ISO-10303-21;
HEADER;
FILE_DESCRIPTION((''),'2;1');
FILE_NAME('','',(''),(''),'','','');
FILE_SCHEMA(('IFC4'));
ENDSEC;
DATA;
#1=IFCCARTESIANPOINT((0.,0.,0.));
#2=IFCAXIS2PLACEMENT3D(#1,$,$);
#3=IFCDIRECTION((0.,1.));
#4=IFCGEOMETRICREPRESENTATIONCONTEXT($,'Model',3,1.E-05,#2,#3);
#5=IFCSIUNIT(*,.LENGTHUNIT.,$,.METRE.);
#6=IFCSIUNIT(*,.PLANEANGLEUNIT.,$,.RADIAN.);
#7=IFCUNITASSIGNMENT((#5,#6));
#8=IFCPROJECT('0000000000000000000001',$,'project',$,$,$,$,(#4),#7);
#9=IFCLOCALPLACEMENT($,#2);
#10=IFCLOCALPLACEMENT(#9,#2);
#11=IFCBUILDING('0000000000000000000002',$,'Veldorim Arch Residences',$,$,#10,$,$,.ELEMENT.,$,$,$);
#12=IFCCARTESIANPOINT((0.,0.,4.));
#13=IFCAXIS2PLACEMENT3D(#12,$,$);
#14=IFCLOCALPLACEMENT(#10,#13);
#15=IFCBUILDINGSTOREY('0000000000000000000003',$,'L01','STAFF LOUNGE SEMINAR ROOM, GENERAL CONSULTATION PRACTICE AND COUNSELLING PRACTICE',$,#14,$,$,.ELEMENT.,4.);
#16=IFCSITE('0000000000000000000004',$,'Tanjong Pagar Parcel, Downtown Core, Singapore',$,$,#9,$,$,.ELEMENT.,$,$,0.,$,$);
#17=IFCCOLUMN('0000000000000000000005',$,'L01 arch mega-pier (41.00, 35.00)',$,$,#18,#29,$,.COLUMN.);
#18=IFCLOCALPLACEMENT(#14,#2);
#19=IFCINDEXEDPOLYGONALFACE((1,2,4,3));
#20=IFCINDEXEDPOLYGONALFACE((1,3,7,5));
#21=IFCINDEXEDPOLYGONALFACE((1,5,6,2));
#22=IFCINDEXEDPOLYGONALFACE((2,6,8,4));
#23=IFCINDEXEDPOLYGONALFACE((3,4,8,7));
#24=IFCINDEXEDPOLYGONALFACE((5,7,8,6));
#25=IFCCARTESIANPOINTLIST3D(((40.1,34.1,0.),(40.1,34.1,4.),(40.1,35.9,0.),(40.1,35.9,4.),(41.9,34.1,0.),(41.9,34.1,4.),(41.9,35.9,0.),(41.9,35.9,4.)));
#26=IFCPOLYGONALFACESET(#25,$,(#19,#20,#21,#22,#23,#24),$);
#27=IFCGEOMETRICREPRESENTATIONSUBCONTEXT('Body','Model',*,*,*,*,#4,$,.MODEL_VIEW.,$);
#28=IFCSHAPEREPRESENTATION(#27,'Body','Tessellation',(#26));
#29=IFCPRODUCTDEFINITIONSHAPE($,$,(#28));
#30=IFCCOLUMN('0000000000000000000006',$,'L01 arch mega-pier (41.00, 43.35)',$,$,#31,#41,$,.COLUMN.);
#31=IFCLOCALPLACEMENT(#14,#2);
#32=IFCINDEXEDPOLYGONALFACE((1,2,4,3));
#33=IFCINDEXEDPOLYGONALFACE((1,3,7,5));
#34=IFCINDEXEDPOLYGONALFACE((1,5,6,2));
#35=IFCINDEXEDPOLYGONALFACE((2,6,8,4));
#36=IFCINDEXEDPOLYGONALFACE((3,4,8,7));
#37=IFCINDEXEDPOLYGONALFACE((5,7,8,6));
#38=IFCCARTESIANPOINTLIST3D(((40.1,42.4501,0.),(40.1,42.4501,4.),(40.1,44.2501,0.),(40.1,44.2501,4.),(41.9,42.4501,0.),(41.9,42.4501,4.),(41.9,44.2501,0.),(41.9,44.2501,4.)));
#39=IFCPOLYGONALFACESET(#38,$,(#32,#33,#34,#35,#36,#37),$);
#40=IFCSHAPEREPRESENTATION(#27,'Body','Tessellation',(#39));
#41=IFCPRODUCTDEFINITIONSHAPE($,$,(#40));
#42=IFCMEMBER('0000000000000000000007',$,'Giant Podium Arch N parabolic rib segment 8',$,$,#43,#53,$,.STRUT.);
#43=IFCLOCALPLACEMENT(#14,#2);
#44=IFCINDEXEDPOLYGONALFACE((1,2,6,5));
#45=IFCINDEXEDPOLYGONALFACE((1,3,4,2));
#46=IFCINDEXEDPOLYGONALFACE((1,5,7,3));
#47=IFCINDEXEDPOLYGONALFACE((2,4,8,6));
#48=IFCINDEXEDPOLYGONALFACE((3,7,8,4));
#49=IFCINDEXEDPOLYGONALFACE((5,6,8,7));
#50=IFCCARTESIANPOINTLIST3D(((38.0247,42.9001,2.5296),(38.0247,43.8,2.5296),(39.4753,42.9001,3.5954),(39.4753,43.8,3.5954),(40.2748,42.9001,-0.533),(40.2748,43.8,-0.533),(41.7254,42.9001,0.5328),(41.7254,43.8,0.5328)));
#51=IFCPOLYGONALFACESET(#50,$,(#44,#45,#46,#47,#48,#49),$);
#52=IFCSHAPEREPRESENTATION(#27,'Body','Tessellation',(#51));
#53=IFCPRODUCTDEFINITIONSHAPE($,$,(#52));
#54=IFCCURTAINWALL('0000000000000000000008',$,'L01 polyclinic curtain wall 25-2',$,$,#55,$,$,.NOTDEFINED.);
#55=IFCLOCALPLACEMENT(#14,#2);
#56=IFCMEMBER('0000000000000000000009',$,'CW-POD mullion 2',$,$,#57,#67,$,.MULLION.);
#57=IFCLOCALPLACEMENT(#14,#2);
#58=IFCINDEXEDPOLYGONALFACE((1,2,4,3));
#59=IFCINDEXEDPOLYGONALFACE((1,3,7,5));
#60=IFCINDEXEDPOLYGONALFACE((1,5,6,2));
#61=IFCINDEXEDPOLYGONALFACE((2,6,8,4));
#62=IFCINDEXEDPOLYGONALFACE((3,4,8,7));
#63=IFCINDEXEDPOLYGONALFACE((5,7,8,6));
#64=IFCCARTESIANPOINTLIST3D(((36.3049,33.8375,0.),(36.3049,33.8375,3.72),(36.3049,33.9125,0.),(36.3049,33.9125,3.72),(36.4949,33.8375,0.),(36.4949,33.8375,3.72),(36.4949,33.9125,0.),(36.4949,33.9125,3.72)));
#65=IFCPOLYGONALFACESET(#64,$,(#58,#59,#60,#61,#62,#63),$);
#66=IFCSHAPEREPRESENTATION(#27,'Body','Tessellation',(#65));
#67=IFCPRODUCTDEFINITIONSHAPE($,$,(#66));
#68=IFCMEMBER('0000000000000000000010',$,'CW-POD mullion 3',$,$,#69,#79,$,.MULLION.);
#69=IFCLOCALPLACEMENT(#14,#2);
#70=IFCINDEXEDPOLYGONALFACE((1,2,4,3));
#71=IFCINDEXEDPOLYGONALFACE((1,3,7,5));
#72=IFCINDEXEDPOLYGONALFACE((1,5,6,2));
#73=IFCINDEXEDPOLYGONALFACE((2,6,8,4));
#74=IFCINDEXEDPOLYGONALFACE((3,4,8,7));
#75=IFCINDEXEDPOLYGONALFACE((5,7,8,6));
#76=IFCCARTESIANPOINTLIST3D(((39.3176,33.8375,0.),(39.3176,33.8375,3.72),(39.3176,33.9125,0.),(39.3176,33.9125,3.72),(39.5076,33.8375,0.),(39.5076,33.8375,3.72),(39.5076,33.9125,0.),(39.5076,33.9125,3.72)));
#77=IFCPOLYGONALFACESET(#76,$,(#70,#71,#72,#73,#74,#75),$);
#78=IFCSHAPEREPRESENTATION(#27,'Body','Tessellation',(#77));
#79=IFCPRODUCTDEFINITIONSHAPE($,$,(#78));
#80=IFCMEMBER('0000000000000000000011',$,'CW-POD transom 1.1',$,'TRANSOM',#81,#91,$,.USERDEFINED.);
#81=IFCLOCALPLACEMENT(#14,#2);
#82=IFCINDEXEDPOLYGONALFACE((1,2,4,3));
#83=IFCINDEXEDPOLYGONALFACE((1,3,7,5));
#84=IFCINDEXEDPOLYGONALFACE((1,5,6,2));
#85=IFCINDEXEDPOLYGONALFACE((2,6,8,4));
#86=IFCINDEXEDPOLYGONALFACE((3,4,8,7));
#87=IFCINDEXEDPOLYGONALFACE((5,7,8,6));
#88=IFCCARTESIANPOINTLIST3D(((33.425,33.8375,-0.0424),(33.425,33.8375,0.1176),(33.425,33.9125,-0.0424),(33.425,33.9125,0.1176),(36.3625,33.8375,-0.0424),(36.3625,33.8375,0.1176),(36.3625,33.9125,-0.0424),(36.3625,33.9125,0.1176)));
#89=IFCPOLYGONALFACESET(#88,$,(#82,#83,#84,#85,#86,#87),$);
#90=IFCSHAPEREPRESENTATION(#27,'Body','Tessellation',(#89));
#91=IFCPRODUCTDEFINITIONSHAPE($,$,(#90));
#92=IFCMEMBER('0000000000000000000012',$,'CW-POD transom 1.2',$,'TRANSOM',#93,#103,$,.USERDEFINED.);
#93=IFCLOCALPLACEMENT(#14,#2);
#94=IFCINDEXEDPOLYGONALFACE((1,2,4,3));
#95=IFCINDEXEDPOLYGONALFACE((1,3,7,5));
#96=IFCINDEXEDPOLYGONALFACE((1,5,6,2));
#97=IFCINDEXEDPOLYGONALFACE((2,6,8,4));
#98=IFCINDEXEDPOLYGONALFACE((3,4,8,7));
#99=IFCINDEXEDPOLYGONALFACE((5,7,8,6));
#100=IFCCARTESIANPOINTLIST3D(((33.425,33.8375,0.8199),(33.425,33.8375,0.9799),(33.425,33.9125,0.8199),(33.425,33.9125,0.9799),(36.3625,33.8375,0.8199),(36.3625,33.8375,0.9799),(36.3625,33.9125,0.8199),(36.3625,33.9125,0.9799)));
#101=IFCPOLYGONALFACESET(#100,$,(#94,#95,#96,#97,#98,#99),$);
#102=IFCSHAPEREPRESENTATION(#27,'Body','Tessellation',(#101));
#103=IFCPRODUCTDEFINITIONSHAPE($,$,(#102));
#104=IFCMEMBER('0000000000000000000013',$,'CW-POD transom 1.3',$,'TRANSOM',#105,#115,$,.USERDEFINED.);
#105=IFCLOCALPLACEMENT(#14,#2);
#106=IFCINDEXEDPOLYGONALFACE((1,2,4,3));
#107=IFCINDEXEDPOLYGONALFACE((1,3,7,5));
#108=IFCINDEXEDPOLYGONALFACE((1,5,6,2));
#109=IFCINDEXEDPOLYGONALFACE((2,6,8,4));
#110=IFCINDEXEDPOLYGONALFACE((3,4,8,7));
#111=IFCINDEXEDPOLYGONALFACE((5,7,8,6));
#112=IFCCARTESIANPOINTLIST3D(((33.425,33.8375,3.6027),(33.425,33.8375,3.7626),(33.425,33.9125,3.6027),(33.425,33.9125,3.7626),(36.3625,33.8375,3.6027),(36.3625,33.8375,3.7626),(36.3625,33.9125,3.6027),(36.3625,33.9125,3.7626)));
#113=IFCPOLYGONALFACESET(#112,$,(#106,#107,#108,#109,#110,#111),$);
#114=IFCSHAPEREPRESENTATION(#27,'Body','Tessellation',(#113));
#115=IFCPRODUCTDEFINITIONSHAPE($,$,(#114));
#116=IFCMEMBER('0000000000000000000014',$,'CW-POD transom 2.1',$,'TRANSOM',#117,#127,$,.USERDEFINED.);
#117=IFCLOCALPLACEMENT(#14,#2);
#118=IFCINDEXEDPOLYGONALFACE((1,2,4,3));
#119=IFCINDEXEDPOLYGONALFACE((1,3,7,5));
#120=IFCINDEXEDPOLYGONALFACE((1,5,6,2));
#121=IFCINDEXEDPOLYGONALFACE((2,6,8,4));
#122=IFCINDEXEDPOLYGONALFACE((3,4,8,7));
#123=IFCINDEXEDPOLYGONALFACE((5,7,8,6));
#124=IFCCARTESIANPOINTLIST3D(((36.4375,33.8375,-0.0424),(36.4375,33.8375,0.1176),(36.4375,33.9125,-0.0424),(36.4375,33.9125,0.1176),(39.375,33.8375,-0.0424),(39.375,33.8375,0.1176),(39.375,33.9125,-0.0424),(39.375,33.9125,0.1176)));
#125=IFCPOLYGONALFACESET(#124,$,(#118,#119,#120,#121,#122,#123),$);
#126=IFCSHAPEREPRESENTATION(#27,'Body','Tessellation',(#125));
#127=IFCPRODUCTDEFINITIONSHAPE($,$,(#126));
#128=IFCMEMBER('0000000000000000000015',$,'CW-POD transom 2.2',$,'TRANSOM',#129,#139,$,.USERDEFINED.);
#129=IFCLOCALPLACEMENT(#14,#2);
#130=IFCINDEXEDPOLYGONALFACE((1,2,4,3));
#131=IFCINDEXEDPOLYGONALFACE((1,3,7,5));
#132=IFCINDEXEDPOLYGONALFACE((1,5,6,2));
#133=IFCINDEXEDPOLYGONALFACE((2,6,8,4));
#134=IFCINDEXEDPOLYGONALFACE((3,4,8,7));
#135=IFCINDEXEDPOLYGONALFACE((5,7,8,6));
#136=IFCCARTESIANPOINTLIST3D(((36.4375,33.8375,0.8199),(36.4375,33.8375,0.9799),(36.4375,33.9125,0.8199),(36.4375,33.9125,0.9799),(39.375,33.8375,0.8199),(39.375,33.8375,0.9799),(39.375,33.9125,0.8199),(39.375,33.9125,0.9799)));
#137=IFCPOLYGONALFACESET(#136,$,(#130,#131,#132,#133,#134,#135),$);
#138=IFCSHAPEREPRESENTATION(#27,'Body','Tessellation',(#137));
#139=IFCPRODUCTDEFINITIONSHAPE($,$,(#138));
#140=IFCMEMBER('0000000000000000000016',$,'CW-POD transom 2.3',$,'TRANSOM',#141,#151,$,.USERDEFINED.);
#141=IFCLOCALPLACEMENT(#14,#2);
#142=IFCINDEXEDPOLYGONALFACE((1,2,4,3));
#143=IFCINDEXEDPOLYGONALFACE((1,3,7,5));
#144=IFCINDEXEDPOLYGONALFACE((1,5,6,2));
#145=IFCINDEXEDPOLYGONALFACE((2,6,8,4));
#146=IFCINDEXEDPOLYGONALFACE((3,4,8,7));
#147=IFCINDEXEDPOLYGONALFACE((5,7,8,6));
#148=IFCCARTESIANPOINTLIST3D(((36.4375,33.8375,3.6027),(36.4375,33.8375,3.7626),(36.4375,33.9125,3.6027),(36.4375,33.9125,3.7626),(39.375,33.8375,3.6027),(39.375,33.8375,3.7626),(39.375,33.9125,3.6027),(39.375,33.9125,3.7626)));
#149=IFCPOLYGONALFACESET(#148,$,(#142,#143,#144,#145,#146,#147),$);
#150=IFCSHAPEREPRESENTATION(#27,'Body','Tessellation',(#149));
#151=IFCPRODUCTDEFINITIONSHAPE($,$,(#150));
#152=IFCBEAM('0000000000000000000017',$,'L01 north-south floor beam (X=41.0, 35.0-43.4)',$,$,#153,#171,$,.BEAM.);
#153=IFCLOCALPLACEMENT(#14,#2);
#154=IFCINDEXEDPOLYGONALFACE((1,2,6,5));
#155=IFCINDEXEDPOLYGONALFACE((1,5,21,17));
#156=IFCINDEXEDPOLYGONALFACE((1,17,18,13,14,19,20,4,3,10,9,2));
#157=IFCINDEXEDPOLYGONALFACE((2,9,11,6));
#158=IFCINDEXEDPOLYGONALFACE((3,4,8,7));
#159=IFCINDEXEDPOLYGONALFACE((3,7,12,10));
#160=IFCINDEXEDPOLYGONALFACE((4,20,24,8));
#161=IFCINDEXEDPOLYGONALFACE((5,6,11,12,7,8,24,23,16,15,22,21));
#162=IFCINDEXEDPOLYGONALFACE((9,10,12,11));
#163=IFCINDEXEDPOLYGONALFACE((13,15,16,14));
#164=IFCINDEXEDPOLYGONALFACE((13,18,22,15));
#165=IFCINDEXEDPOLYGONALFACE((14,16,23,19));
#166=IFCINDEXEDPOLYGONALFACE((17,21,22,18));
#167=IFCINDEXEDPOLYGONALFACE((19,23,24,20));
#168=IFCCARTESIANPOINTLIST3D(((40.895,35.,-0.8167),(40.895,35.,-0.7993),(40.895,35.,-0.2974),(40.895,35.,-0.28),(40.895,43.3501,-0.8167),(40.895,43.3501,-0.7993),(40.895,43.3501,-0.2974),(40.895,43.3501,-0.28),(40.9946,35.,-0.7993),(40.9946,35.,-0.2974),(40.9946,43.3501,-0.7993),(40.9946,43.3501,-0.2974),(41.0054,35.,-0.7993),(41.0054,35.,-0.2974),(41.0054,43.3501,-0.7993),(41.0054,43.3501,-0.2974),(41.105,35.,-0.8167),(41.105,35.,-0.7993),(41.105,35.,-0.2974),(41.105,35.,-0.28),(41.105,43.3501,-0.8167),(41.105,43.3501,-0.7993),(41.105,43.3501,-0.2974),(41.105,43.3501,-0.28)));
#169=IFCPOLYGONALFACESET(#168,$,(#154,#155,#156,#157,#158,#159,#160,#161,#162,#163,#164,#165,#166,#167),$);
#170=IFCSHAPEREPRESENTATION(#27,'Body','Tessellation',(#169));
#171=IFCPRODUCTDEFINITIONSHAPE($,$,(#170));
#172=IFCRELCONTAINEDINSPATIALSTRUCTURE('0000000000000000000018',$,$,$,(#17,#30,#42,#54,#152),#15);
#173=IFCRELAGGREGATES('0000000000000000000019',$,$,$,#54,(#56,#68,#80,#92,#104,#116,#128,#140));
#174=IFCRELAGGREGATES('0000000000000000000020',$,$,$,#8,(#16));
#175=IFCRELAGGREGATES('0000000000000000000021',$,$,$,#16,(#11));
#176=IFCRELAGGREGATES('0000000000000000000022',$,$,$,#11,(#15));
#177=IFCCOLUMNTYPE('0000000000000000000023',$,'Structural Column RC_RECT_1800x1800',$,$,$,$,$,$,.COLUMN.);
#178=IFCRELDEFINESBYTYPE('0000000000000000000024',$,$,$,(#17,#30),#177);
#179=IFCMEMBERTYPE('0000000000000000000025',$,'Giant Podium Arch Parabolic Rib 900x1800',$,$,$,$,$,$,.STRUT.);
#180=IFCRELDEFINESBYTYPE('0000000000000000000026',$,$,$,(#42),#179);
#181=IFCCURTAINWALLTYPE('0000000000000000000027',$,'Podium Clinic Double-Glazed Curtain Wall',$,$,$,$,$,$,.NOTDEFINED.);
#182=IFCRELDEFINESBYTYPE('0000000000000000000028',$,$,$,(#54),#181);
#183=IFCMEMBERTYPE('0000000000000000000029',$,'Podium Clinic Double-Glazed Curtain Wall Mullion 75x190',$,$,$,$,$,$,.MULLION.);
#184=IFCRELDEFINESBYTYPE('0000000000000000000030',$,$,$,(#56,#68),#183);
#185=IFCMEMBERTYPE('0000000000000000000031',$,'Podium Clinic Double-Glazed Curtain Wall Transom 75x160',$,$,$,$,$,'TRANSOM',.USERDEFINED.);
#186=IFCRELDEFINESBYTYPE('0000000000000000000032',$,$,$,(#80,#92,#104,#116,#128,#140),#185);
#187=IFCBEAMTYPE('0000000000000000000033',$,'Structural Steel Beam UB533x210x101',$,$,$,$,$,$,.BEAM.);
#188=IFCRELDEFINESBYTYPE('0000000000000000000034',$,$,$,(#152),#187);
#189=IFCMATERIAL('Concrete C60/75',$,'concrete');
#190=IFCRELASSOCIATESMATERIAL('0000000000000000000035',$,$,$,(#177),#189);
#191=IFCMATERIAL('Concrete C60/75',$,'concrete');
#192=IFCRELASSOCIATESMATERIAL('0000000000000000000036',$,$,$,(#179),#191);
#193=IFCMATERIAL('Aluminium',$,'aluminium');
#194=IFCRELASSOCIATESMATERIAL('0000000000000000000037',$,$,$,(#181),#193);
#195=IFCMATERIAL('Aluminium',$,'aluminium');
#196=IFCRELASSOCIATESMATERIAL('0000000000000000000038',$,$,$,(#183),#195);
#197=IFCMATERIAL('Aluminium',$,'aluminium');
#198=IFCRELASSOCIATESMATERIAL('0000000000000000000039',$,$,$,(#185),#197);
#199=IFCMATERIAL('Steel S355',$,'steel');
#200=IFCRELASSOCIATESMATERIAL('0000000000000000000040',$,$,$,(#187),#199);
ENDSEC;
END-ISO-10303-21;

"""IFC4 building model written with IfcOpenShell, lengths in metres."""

from ifc_helpers import new_model, si_unit, direction, frame, origin, origin_2d, place, context, subcontext, project, spatial, rectangle, i_section, extrude, material, material_profile, profile_set, type_object, element, aggregate, save


model = new_model("IFC4")

# Units and contexts
model_context = context("Model", 3, precision=1e-05, world=origin(), true_north=direction((0.0, 1.0)))
body_context = subcontext(model_context, "Body", "Model", "MODEL_VIEW")
ifc_project = project(units=[si_unit("LENGTHUNIT", "METRE"), si_unit("PLANEANGLEUNIT", "RADIAN")], contexts=[model_context])

# Site, building, storey
site_placement = place(None, origin())
site = spatial("IfcSite", under=ifc_project, at=site_placement, Name="Tanjong Pagar Parcel, Downtown Core, Singapore", CompositionType="ELEMENT", RefElevation=0.0)
building_placement = place(site_placement, origin())
building = spatial("IfcBuilding", under=site, at=building_placement, Name="Veldorim Arch Residences", CompositionType="ELEMENT")
storey_placement = place(building_placement, frame((0.0, 0.0, 4.0)))
storey = spatial("IfcBuildingStorey", under=building, at=storey_placement, Name="L01", Description="STAFF LOUNGE SEMINAR ROOM, GENERAL CONSULTATION PRACTICE AND COUNSELLING PRACTICE", CompositionType="ELEMENT", Elevation=4.0)

# Columns
ifc_material_1 = material(Name="Concrete C60/75", Category="concrete")
ifc_material_profile_1 = material_profile(ifc_material_1, rectangle(XDim=1.8, YDim=1.8, at=origin_2d()), Name="RC_RECT_1800x1800")
ifc_profile_set_1 = profile_set([ifc_material_profile_1], Name="Concrete C60/75")
column_type = type_object("IfcColumnType", Name="Structural Column RC_RECT_1800x1800", PredefinedType="COLUMN", material=ifc_profile_set_1)
for number, where, z_axis, x_axis, name in (
    (1, (41.0, 35.0, 0.0), (0.0, 0.0, 1.0), (1.0, 0.0, 0.0), "L01 arch mega-pier (41.00, 35.00)"),
    (2, (41.0, 43.3501, 0.0), (0.0, 0.0, 1.0), (1.0, 0.0, 0.0), "L01 arch mega-pier (41.00, 43.35)"),
):
    element("IfcColumn", number, at=place(storey_placement, frame(where, z_axis=z_axis, x_axis=x_axis)), inside=storey, type_object=column_type, Name=name, PredefinedType="COLUMN", context=body_context, shape_type="SweptSolid", body=[
        extrude(rectangle(XDim=1.8, YDim=1.8, at=origin_2d()), origin(), (0.0, 0.0, 1.0), 4.0),
    ])

# Member
ifc_material_2 = material(Name="Concrete C60/75", Category="concrete")
ifc_material_profile_2 = material_profile(ifc_material_2, rectangle(XDim=0.8999, YDim=1.8, at=origin_2d()), Name="RC_RECT_900x1800")
ifc_profile_set_2 = profile_set([ifc_material_profile_2], Name="Concrete C60/75")
member_type_1 = type_object("IfcMemberType", Name="Giant Podium Arch Parabolic Rib 900x1800", PredefinedType="STRUT", material=ifc_profile_set_2)
member_1_placement = place(storey_placement, frame((38.75, 43.3501, 3.0625), z_axis=(0.592076, 0.0, -0.805882), x_axis=(0.0, 1.0, 0.0)))
element("IfcMember", 3, at=member_1_placement, inside=storey, type_object=member_type_1, Name="Giant Podium Arch N parabolic rib segment 8", PredefinedType="STRUT", context=body_context, shape_type="SweptSolid", body=[
    extrude(rectangle(XDim=0.8999, YDim=1.8, at=origin_2d()), origin(), (0.0, 0.0, 1.0), 3.8003),
])

# Curtain wall, members
ifc_material_3 = material(Name="Aluminium", Category="aluminium")
curtain_wall_type = type_object("IfcCurtainWallType", Name="Podium Clinic Double-Glazed Curtain Wall", PredefinedType="NOTDEFINED", material=ifc_material_3)
curtain_wall_placement = place(storey_placement, origin())
curtain_wall = element("IfcCurtainWall", 4, at=curtain_wall_placement, inside=storey, type_object=curtain_wall_type, Name="L01 polyclinic curtain wall 25-2", PredefinedType="NOTDEFINED")
ifc_material_4 = material(Name="Aluminium", Category="aluminium")
ifc_material_profile_3 = material_profile(ifc_material_4, rectangle(XDim=0.075, YDim=0.1899, at=origin_2d()), Name="ALU_MUL_75x190")
ifc_profile_set_3 = profile_set([ifc_material_profile_3], Name="Aluminium")
member_type_2 = type_object("IfcMemberType", Name="Podium Clinic Double-Glazed Curtain Wall Mullion 75x190", PredefinedType="MULLION", material=ifc_profile_set_3)
member_2_placement = place(storey_placement, frame((36.3999, 33.875, 0.0), z_axis=(0.0, 0.0, 1.0), x_axis=(0.0, 1.0, 0.0)))
member_2 = element("IfcMember", 5, at=member_2_placement, type_object=member_type_2, Name="CW-POD mullion 2", PredefinedType="MULLION", context=body_context, shape_type="SweptSolid", body=[
    extrude(rectangle(XDim=0.075, YDim=0.1899, at=origin_2d()), origin(), (0.0, 0.0, 1.0), 3.72),
])
member_3_placement = place(storey_placement, frame((39.4126, 33.875, 0.0), z_axis=(0.0, 0.0, 1.0), x_axis=(0.0, 1.0, 0.0)))
member_3 = element("IfcMember", 6, at=member_3_placement, type_object=member_type_2, Name="CW-POD mullion 3", PredefinedType="MULLION", context=body_context, shape_type="SweptSolid", body=[
    extrude(rectangle(XDim=0.075, YDim=0.1899, at=origin_2d()), origin(), (0.0, 0.0, 1.0), 3.72),
])
ifc_material_5 = material(Name="Aluminium", Category="aluminium")
ifc_material_profile_4 = material_profile(ifc_material_5, rectangle(XDim=0.075, YDim=0.1599, at=origin_2d()), Name="ALU_TRN_75x160")
ifc_profile_set_4 = profile_set([ifc_material_profile_4], Name="Aluminium")
member_type_3 = type_object("IfcMemberType", Name="Podium Clinic Double-Glazed Curtain Wall Transom 75x160", ElementType="TRANSOM", PredefinedType="USERDEFINED", material=ifc_profile_set_4)
member_4_placement = place(storey_placement, frame((33.425, 33.875, 0.0376), z_axis=(1.0, 0.0, 0.0), x_axis=(0.0, 1.0, 0.0)))
member_4 = element("IfcMember", 7, at=member_4_placement, type_object=member_type_3, Name="CW-POD transom 1.1", ObjectType="TRANSOM", PredefinedType="USERDEFINED", context=body_context, shape_type="SweptSolid", body=[
    extrude(rectangle(XDim=0.075, YDim=0.1599, at=origin_2d()), origin(), (0.0, 0.0, 1.0), 2.9375),
])
member_5_placement = place(storey_placement, frame((33.425, 33.875, 0.8999), z_axis=(1.0, 0.0, 0.0), x_axis=(0.0, 1.0, 0.0)))
member_5 = element("IfcMember", 8, at=member_5_placement, type_object=member_type_3, Name="CW-POD transom 1.2", ObjectType="TRANSOM", PredefinedType="USERDEFINED", context=body_context, shape_type="SweptSolid", body=[
    extrude(rectangle(XDim=0.075, YDim=0.1599, at=origin_2d()), origin(), (0.0, 0.0, 1.0), 2.9375),
])
member_6_placement = place(storey_placement, frame((33.425, 33.875, 3.6826), z_axis=(1.0, 0.0, 0.0), x_axis=(0.0, 1.0, 0.0)))
member_6 = element("IfcMember", 9, at=member_6_placement, type_object=member_type_3, Name="CW-POD transom 1.3", ObjectType="TRANSOM", PredefinedType="USERDEFINED", context=body_context, shape_type="SweptSolid", body=[
    extrude(rectangle(XDim=0.075, YDim=0.1599, at=origin_2d()), origin(), (0.0, 0.0, 1.0), 2.9375),
])
member_7_placement = place(storey_placement, frame((36.4375, 33.875, 0.0376), z_axis=(1.0, 0.0, 0.0), x_axis=(0.0, 1.0, 0.0)))
member_7 = element("IfcMember", 10, at=member_7_placement, type_object=member_type_3, Name="CW-POD transom 2.1", ObjectType="TRANSOM", PredefinedType="USERDEFINED", context=body_context, shape_type="SweptSolid", body=[
    extrude(rectangle(XDim=0.075, YDim=0.1599, at=origin_2d()), origin(), (0.0, 0.0, 1.0), 2.9375),
])
member_8_placement = place(storey_placement, frame((36.4375, 33.875, 0.8999), z_axis=(1.0, 0.0, 0.0), x_axis=(0.0, 1.0, 0.0)))
member_8 = element("IfcMember", 11, at=member_8_placement, type_object=member_type_3, Name="CW-POD transom 2.2", ObjectType="TRANSOM", PredefinedType="USERDEFINED", context=body_context, shape_type="SweptSolid", body=[
    extrude(rectangle(XDim=0.075, YDim=0.1599, at=origin_2d()), origin(), (0.0, 0.0, 1.0), 2.9375),
])
member_9_placement = place(storey_placement, frame((36.4375, 33.875, 3.6826), z_axis=(1.0, 0.0, 0.0), x_axis=(0.0, 1.0, 0.0)))
member_9 = element("IfcMember", 12, at=member_9_placement, type_object=member_type_3, Name="CW-POD transom 2.3", ObjectType="TRANSOM", PredefinedType="USERDEFINED", context=body_context, shape_type="SweptSolid", body=[
    extrude(rectangle(XDim=0.075, YDim=0.1599, at=origin_2d()), origin(), (0.0, 0.0, 1.0), 2.9375),
])

# Beam
ifc_material_6 = material(Name="Steel S355", Category="steel")
ifc_material_profile_5 = material_profile(ifc_material_6, i_section(OverallWidth=0.21, OverallDepth=0.5366, WebThickness=0.0107, FlangeThickness=0.0173, at=origin_2d()), Name="UB533x210x101")
ifc_profile_set_5 = profile_set([ifc_material_profile_5], Name="Steel S355")
beam_type_1 = type_object("IfcBeamType", Name="Structural Steel Beam UB533x210x101", PredefinedType="BEAM", material=ifc_profile_set_5)
beam_placement = place(storey_placement, frame((41.0, 35.0, -0.5483), z_axis=(0.0, 1.0, 0.0), x_axis=(-1.0, 0.0, 0.0)))
element("IfcBeam", 13, at=beam_placement, inside=storey, type_object=beam_type_1, Name="L01 north-south floor beam (X=41.0, 35.0-43.4)", PredefinedType="BEAM", context=body_context, shape_type="SweptSolid", body=[
    extrude(i_section(OverallWidth=0.21, OverallDepth=0.5366, WebThickness=0.0107, FlangeThickness=0.0173, at=origin_2d()), origin(), (0.0, 0.0, 1.0), 8.3501),
])

aggregate(curtain_wall, [member_2, member_3, member_4, member_5, member_6, member_7, member_8, member_9])

save(model, "model.ifc")
